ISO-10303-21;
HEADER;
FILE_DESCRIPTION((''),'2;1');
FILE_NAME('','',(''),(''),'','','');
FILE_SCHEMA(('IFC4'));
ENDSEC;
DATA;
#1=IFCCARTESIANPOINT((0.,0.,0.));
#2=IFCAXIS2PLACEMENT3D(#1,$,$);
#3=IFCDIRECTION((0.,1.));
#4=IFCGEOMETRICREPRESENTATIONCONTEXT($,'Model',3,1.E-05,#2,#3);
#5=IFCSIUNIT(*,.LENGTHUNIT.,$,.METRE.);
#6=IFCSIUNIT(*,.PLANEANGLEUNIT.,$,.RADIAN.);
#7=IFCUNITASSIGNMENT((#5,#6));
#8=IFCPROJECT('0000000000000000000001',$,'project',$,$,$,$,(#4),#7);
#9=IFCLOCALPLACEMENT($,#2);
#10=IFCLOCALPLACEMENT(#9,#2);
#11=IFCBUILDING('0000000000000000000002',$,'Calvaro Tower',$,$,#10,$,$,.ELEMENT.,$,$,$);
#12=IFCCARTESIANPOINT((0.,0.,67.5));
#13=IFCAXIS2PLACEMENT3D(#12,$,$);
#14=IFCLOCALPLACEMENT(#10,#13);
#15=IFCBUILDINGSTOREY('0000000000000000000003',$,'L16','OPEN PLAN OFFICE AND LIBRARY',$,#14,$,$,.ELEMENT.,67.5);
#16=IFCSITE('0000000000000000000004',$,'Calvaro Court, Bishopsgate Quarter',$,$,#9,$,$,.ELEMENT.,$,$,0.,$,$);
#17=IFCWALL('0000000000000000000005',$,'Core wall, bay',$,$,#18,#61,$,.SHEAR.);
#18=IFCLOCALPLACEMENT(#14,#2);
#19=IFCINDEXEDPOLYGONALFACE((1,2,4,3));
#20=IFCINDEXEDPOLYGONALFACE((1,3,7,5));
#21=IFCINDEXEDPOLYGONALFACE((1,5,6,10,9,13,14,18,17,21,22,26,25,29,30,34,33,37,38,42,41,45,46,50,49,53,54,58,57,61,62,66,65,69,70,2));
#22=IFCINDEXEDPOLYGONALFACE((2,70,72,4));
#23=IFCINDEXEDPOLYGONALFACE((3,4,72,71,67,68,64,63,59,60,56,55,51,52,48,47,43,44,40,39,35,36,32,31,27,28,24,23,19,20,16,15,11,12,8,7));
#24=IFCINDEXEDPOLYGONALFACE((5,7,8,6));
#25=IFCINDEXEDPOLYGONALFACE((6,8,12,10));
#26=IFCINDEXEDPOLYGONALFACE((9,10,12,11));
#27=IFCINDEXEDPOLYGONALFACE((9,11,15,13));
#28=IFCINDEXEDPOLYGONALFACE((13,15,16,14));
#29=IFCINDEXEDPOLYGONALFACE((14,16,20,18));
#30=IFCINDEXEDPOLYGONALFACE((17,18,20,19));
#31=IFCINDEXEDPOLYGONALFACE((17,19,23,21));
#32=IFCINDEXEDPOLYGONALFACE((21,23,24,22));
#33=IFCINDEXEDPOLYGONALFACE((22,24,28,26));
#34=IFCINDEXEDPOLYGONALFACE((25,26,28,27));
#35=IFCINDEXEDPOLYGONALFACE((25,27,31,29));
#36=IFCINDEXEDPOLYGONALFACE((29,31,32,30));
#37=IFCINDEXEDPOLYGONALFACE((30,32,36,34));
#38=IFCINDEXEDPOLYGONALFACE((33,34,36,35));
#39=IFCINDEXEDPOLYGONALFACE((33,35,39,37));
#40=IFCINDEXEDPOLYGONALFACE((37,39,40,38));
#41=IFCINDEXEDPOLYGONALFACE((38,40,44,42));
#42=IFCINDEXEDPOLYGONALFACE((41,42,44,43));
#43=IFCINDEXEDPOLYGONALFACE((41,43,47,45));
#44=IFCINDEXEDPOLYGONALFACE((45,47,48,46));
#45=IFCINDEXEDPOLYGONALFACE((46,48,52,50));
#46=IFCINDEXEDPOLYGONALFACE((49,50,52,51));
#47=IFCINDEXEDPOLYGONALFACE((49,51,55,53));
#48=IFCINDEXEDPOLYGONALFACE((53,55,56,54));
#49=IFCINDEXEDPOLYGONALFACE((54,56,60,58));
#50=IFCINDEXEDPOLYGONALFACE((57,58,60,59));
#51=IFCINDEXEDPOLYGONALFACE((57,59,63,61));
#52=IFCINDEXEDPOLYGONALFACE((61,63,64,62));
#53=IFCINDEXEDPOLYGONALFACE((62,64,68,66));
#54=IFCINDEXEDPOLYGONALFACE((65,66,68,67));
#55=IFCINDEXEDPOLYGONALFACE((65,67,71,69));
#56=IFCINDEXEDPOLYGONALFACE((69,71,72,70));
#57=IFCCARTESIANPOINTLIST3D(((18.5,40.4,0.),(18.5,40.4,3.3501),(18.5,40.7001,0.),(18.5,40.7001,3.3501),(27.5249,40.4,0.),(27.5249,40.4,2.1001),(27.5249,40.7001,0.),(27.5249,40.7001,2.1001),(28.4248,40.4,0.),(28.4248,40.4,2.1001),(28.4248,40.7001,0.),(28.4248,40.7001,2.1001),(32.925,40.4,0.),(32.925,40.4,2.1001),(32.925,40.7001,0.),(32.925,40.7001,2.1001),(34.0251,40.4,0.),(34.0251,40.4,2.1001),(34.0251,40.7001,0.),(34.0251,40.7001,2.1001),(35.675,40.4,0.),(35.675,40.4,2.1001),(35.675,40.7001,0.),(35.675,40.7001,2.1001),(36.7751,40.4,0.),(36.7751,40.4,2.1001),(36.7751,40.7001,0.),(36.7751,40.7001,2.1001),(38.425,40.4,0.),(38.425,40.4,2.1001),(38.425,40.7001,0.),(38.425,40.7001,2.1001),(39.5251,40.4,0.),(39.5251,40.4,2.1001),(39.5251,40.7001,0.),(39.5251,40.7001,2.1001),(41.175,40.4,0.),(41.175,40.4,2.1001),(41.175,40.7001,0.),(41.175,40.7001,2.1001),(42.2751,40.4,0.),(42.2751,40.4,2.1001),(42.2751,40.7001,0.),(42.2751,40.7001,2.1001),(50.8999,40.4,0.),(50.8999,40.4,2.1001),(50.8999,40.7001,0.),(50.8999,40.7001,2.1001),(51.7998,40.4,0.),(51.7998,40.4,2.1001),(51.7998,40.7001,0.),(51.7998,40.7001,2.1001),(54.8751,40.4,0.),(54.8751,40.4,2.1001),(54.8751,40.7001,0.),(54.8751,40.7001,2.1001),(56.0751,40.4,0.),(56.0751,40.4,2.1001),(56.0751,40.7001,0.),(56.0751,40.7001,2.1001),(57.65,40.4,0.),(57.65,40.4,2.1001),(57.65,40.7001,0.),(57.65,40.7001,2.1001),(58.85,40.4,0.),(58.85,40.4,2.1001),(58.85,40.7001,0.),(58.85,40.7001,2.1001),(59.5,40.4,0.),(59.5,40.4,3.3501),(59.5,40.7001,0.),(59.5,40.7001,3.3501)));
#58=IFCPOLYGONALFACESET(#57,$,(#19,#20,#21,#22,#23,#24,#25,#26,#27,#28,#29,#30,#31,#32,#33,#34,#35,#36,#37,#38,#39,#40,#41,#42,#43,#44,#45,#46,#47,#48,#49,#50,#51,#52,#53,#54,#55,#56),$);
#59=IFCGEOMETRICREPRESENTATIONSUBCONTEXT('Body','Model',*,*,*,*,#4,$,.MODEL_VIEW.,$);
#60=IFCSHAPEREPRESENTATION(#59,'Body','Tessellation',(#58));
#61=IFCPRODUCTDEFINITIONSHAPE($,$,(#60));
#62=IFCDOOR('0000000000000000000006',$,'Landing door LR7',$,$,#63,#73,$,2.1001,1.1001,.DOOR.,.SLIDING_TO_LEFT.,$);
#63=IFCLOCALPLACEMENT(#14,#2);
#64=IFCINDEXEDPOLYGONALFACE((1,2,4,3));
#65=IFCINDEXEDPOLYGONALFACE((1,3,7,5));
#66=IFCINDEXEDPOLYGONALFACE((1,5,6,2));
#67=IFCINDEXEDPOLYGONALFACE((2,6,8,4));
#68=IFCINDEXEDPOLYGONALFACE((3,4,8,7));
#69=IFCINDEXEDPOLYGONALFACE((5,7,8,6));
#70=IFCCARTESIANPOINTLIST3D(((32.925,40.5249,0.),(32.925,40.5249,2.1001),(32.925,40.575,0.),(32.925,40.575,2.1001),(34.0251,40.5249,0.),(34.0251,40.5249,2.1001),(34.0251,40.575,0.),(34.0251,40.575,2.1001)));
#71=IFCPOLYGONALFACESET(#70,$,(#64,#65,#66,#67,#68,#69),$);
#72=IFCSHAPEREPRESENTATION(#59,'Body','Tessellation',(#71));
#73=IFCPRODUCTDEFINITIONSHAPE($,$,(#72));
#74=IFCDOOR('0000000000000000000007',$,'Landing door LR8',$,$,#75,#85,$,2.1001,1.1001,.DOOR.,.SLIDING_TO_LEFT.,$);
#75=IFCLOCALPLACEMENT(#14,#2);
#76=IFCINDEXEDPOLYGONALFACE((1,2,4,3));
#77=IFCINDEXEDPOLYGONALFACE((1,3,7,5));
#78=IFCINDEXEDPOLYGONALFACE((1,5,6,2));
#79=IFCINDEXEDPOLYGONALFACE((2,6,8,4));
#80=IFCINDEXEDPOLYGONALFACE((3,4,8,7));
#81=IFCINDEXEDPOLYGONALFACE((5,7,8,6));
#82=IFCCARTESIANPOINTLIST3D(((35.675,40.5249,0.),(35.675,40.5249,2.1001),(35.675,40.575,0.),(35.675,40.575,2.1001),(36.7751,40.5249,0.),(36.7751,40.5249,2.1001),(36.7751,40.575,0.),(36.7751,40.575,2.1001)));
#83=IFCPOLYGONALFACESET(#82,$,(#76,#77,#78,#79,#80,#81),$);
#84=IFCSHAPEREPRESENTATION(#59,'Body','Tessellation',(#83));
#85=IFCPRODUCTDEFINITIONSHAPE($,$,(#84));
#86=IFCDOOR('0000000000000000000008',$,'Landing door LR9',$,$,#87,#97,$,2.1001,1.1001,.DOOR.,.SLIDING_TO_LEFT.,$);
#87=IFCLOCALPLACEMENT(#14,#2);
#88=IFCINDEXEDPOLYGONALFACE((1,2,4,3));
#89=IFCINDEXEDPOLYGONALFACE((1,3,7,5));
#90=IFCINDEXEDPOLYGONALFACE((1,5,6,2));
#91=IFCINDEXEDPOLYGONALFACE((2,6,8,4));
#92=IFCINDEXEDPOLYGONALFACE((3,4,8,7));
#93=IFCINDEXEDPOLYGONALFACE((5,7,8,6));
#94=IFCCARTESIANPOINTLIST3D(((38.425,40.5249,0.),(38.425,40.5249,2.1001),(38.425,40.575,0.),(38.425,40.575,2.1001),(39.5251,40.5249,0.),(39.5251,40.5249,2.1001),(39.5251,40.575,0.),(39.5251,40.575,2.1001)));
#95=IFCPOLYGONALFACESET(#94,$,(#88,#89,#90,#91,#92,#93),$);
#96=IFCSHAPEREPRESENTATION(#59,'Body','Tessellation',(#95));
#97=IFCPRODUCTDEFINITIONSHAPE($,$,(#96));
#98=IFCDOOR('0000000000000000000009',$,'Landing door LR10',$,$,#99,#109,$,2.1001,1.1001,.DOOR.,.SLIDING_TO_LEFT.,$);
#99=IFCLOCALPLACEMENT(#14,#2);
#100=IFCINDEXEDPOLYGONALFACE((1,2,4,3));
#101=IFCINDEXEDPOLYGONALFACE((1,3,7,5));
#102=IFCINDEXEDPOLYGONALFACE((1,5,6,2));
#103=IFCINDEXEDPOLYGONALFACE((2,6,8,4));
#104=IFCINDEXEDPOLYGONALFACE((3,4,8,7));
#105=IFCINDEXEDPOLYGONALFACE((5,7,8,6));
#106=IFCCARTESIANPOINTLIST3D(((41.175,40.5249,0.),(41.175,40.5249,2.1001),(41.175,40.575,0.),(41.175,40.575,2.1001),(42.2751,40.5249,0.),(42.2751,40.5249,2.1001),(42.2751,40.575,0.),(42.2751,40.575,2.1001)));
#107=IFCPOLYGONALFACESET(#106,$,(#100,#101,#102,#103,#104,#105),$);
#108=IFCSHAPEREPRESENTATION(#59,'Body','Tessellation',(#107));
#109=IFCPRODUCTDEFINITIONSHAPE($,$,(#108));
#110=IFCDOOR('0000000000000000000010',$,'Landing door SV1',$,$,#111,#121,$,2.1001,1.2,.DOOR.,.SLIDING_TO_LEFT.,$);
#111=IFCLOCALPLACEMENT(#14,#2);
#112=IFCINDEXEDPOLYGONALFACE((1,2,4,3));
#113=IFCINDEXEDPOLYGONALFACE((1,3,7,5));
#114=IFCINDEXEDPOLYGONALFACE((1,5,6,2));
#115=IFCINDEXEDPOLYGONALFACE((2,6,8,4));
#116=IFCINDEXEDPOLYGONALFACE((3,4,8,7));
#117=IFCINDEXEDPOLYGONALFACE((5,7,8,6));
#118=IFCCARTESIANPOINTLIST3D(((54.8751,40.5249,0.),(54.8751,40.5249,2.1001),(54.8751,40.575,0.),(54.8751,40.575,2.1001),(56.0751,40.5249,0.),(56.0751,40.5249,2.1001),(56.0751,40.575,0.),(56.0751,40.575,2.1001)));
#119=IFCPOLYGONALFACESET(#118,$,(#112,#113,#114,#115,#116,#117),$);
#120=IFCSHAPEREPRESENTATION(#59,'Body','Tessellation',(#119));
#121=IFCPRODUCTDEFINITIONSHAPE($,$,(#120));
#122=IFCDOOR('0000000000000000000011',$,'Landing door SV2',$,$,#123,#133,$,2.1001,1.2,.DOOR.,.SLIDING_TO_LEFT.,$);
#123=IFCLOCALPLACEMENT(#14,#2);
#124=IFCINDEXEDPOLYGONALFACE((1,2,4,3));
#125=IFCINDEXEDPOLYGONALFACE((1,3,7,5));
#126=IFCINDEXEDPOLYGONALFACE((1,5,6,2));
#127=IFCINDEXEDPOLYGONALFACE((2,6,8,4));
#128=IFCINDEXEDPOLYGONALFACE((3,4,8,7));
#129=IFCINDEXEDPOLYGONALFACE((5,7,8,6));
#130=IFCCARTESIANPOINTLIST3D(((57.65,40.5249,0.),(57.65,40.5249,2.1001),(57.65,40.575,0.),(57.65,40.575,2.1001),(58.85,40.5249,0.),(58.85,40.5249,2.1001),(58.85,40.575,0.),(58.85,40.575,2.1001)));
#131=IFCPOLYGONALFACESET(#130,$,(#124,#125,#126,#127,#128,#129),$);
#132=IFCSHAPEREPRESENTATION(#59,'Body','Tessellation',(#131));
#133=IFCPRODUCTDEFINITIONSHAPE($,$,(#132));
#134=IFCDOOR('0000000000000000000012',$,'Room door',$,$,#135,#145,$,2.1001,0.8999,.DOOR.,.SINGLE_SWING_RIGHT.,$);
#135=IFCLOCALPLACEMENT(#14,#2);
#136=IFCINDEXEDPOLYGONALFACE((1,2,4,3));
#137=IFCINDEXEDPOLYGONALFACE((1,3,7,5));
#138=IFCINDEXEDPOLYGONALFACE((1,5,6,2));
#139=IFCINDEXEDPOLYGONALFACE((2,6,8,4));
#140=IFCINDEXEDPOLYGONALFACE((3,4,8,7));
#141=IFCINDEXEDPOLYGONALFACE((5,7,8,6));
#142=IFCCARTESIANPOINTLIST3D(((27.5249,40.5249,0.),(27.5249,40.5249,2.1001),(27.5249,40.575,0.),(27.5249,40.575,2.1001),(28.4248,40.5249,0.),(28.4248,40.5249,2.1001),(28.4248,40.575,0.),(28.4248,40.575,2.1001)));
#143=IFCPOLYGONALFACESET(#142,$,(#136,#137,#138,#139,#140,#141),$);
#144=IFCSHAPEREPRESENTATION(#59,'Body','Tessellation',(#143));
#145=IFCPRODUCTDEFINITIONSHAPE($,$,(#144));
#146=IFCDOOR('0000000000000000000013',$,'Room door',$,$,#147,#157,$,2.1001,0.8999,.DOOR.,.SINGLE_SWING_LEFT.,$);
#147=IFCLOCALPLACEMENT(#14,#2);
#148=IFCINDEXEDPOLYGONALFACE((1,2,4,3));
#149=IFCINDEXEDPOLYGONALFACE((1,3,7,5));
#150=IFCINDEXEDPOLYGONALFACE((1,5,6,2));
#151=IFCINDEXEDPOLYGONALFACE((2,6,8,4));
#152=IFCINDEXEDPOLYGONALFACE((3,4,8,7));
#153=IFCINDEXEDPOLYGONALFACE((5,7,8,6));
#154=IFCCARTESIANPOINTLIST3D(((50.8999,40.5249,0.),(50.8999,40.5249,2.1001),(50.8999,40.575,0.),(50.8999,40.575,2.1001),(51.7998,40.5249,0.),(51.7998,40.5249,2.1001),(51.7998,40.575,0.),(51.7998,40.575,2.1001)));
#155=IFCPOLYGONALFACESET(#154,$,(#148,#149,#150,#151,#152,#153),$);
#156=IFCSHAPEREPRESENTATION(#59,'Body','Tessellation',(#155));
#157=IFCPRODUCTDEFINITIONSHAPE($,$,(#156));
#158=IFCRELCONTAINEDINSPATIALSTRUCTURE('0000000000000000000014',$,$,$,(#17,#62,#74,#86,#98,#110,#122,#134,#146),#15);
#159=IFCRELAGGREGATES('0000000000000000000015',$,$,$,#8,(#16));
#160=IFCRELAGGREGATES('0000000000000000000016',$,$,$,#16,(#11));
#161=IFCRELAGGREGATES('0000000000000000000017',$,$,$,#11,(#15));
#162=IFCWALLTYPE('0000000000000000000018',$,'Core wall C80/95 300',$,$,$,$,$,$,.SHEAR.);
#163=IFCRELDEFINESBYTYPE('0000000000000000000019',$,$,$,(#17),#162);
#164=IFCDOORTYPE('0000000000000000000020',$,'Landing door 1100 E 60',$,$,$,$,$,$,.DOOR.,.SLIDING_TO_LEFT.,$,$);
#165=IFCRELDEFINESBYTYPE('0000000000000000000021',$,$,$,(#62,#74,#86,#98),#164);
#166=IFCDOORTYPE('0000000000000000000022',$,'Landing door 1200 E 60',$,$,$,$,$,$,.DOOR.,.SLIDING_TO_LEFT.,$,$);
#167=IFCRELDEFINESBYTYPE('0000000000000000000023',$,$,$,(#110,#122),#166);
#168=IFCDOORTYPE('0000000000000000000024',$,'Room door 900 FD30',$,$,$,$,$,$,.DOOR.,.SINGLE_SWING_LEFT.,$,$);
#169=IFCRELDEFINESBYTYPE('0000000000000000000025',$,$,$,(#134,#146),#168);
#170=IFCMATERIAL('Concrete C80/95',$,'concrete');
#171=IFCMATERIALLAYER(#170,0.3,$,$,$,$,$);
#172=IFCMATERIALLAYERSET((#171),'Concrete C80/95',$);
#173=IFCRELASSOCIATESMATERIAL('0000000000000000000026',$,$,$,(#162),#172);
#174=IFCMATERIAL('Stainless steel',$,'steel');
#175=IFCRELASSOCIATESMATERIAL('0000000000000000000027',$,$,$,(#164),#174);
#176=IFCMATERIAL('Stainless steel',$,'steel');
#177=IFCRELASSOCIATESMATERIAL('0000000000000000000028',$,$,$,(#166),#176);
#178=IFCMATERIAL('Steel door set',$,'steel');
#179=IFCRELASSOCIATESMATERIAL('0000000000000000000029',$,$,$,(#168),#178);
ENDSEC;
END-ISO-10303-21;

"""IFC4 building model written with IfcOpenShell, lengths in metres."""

from ifc_helpers import new_model, si_unit, direction, frame, frame_2d, origin, place, context, subcontext, project, spatial, rectangle, extrude, material, layer, layer_set, type_object, element, fill, save


model = new_model("IFC4")

# Units and contexts
model_context = context("Model", 3, precision=1e-05, world=origin(), true_north=direction((0.0, 1.0)))
body_context = subcontext(model_context, "Body", "Model", "MODEL_VIEW")
ifc_project = project(units=[si_unit("LENGTHUNIT", "METRE"), si_unit("PLANEANGLEUNIT", "RADIAN")], contexts=[model_context])

# Site, building, storey
site_placement = place(None, origin())
site = spatial("IfcSite", under=ifc_project, at=site_placement, Name="Calvaro Court, Bishopsgate Quarter", CompositionType="ELEMENT", RefElevation=0.0)
building_placement = place(site_placement, origin())
building = spatial("IfcBuilding", under=site, at=building_placement, Name="Calvaro Tower", CompositionType="ELEMENT")
storey_placement = place(building_placement, frame((0.0, 0.0, 67.5)))
storey = spatial("IfcBuildingStorey", under=building, at=storey_placement, Name="L16", Description="OPEN PLAN OFFICE AND LIBRARY", CompositionType="ELEMENT", Elevation=67.5)

# Shared definitions
ifc_material_1 = material(Name="Concrete C80/95", Category="concrete")
ifc_layer_1 = layer(ifc_material_1, 0.3)
ifc_layer_set_1 = layer_set([ifc_layer_1], Name="Concrete C80/95")
wall_type_1 = type_object("IfcWallType", Name="Core wall C80/95 300", PredefinedType="SHEAR", material=ifc_layer_set_1)
ifc_material_2 = material(Name="Stainless steel", Category="steel")
door_type_1 = type_object("IfcDoorType", Name="Landing door 1100 E 60", OperationType="SLIDING_TO_LEFT", PredefinedType="DOOR", material=ifc_material_2)

# Wall, openings, doors
wall_1_placement = place(storey_placement, frame((18.5, 40.55, 0.0), z_axis=(0.0, 0.0, 1.0), x_axis=(1.0, 0.0, 0.0)))
wall_1 = element("IfcWall", 1, at=wall_1_placement, inside=storey, type_object=wall_type_1, Name="Core wall, bay", PredefinedType="SHEAR", context=body_context, shape_type="SweptSolid", body=[
    extrude(rectangle(XDim=41.0, YDim=0.3, at=frame_2d((20.5, 0.0))), origin(), (0.0, 0.0, 1.0), 3.3501),
])
opening_1_placement = place(wall_1_placement, frame((9.0249, 0.0, 0.0)))
opening_1 = element("IfcOpeningElement", 2, at=opening_1_placement, cuts=wall_1, PredefinedType="OPENING", context=body_context, shape_type="SweptSolid", body=[
    extrude(rectangle(XDim=0.8999, YDim=2.1001, at=frame_2d((0.45, 1.05))), frame((0.0, 0.1599, 0.0), z_axis=(0.0, -1.0, 0.0), x_axis=(1.0, 0.0, 0.0)), (0.0, 0.0, 1.0), 0.3201),
])
opening_2_placement = place(wall_1_placement, frame((32.3999, 0.0, 0.0)))
opening_2 = element("IfcOpeningElement", 3, at=opening_2_placement, cuts=wall_1, PredefinedType="OPENING", context=body_context, shape_type="SweptSolid", body=[
    extrude(rectangle(XDim=0.8999, YDim=2.1001, at=frame_2d((0.45, 1.05))), frame((0.0, 0.1599, 0.0), z_axis=(0.0, -1.0, 0.0), x_axis=(1.0, 0.0, 0.0)), (0.0, 0.0, 1.0), 0.3201),
])
opening_3_placement = place(wall_1_placement, frame((14.425, 0.0, 0.0)))
opening_3 = element("IfcOpeningElement", 4, at=opening_3_placement, cuts=wall_1, PredefinedType="OPENING", context=body_context, shape_type="SweptSolid", body=[
    extrude(rectangle(XDim=1.1001, YDim=2.1001, at=frame_2d((0.55, 1.05))), frame((0.0, 0.1599, 0.0), z_axis=(0.0, -1.0, 0.0), x_axis=(1.0, 0.0, 0.0)), (0.0, 0.0, 1.0), 0.3201),
])
opening_4_placement = place(wall_1_placement, frame((17.175, 0.0, 0.0)))
opening_4 = element("IfcOpeningElement", 5, at=opening_4_placement, cuts=wall_1, PredefinedType="OPENING", context=body_context, shape_type="SweptSolid", body=[
    extrude(rectangle(XDim=1.1001, YDim=2.1001, at=frame_2d((0.55, 1.05))), frame((0.0, 0.1599, 0.0), z_axis=(0.0, -1.0, 0.0), x_axis=(1.0, 0.0, 0.0)), (0.0, 0.0, 1.0), 0.3201),
])
opening_5_placement = place(wall_1_placement, frame((19.925, 0.0, 0.0)))
opening_5 = element("IfcOpeningElement", 6, at=opening_5_placement, cuts=wall_1, PredefinedType="OPENING", context=body_context, shape_type="SweptSolid", body=[
    extrude(rectangle(XDim=1.1001, YDim=2.1001, at=frame_2d((0.55, 1.05))), frame((0.0, 0.1599, 0.0), z_axis=(0.0, -1.0, 0.0), x_axis=(1.0, 0.0, 0.0)), (0.0, 0.0, 1.0), 0.3201),
])
opening_6_placement = place(wall_1_placement, frame((22.675, 0.0, 0.0)))
opening_6 = element("IfcOpeningElement", 7, at=opening_6_placement, cuts=wall_1, PredefinedType="OPENING", context=body_context, shape_type="SweptSolid", body=[
    extrude(rectangle(XDim=1.1001, YDim=2.1001, at=frame_2d((0.55, 1.05))), frame((0.0, 0.1599, 0.0), z_axis=(0.0, -1.0, 0.0), x_axis=(1.0, 0.0, 0.0)), (0.0, 0.0, 1.0), 0.3201),
])
opening_7_placement = place(wall_1_placement, frame((36.375, 0.0, 0.0)))
opening_7 = element("IfcOpeningElement", 8, at=opening_7_placement, cuts=wall_1, PredefinedType="OPENING", context=body_context, shape_type="SweptSolid", body=[
    extrude(rectangle(XDim=1.2, YDim=2.1001, at=frame_2d((0.6001, 1.05))), frame((0.0, 0.1599, 0.0), z_axis=(0.0, -1.0, 0.0), x_axis=(1.0, 0.0, 0.0)), (0.0, 0.0, 1.0), 0.3201),
])
opening_8_placement = place(wall_1_placement, frame((39.1499, 0.0, 0.0)))
opening_8 = element("IfcOpeningElement", 9, at=opening_8_placement, cuts=wall_1, PredefinedType="OPENING", context=body_context, shape_type="SweptSolid", body=[
    extrude(rectangle(XDim=1.2, YDim=2.1001, at=frame_2d((0.6001, 1.05))), frame((0.0, 0.1599, 0.0), z_axis=(0.0, -1.0, 0.0), x_axis=(1.0, 0.0, 0.0)), (0.0, 0.0, 1.0), 0.3201),
])
door_1_placement = place(opening_3_placement, origin())
door_1 = element("IfcDoor", 10, at=door_1_placement, inside=storey, type_object=door_type_1, Name="Landing door LR7", OperationType="SLIDING_TO_LEFT", OverallHeight=2.1001, OverallWidth=1.1001, PredefinedType="DOOR", context=body_context, shape_type="SweptSolid", body=[
    extrude(rectangle(XDim=1.1001, YDim=2.1001, at=frame_2d((0.55, 1.05))), frame((0.0, 0.0249, 0.0), z_axis=(0.0, -1.0, 0.0), x_axis=(1.0, 0.0, 0.0)), (0.0, 0.0, 1.0), 0.05),
])
fill(opening_3, door_1)
door_2_placement = place(opening_4_placement, origin())
door_2 = element("IfcDoor", 11, at=door_2_placement, inside=storey, type_object=door_type_1, Name="Landing door LR8", OperationType="SLIDING_TO_LEFT", OverallHeight=2.1001, OverallWidth=1.1001, PredefinedType="DOOR", context=body_context, shape_type="SweptSolid", body=[
    extrude(rectangle(XDim=1.1001, YDim=2.1001, at=frame_2d((0.55, 1.05))), frame((0.0, 0.0249, 0.0), z_axis=(0.0, -1.0, 0.0), x_axis=(1.0, 0.0, 0.0)), (0.0, 0.0, 1.0), 0.05),
])
fill(opening_4, door_2)
door_3_placement = place(opening_5_placement, origin())
door_3 = element("IfcDoor", 12, at=door_3_placement, inside=storey, type_object=door_type_1, Name="Landing door LR9", OperationType="SLIDING_TO_LEFT", OverallHeight=2.1001, OverallWidth=1.1001, PredefinedType="DOOR", context=body_context, shape_type="SweptSolid", body=[
    extrude(rectangle(XDim=1.1001, YDim=2.1001, at=frame_2d((0.55, 1.05))), frame((0.0, 0.0249, 0.0), z_axis=(0.0, -1.0, 0.0), x_axis=(1.0, 0.0, 0.0)), (0.0, 0.0, 1.0), 0.05),
])
fill(opening_5, door_3)
door_4_placement = place(opening_6_placement, origin())
door_4 = element("IfcDoor", 13, at=door_4_placement, inside=storey, type_object=door_type_1, Name="Landing door LR10", OperationType="SLIDING_TO_LEFT", OverallHeight=2.1001, OverallWidth=1.1001, PredefinedType="DOOR", context=body_context, shape_type="SweptSolid", body=[
    extrude(rectangle(XDim=1.1001, YDim=2.1001, at=frame_2d((0.55, 1.05))), frame((0.0, 0.0249, 0.0), z_axis=(0.0, -1.0, 0.0), x_axis=(1.0, 0.0, 0.0)), (0.0, 0.0, 1.0), 0.05),
])
fill(opening_6, door_4)
ifc_material_3 = material(Name="Stainless steel", Category="steel")
door_type_2 = type_object("IfcDoorType", Name="Landing door 1200 E 60", OperationType="SLIDING_TO_LEFT", PredefinedType="DOOR", material=ifc_material_3)
door_5_placement = place(opening_7_placement, origin())
door_5 = element("IfcDoor", 14, at=door_5_placement, inside=storey, type_object=door_type_2, Name="Landing door SV1", OperationType="SLIDING_TO_LEFT", OverallHeight=2.1001, OverallWidth=1.2, PredefinedType="DOOR", context=body_context, shape_type="SweptSolid", body=[
    extrude(rectangle(XDim=1.2, YDim=2.1001, at=frame_2d((0.6001, 1.05))), frame((0.0, 0.0249, 0.0), z_axis=(0.0, -1.0, 0.0), x_axis=(1.0, 0.0, 0.0)), (0.0, 0.0, 1.0), 0.05),
])
fill(opening_7, door_5)
door_6_placement = place(opening_8_placement, origin())
door_6 = element("IfcDoor", 15, at=door_6_placement, inside=storey, type_object=door_type_2, Name="Landing door SV2", OperationType="SLIDING_TO_LEFT", OverallHeight=2.1001, OverallWidth=1.2, PredefinedType="DOOR", context=body_context, shape_type="SweptSolid", body=[
    extrude(rectangle(XDim=1.2, YDim=2.1001, at=frame_2d((0.6001, 1.05))), frame((0.0, 0.0249, 0.0), z_axis=(0.0, -1.0, 0.0), x_axis=(1.0, 0.0, 0.0)), (0.0, 0.0, 1.0), 0.05),
])
fill(opening_8, door_6)
ifc_material_4 = material(Name="Steel door set", Category="steel")
door_type_3 = type_object("IfcDoorType", Name="Room door 900 FD30", OperationType="SINGLE_SWING_LEFT", PredefinedType="DOOR", material=ifc_material_4)
door_7_placement = place(opening_1_placement, origin())
door_7 = element("IfcDoor", 16, at=door_7_placement, inside=storey, type_object=door_type_3, Name="Room door", OperationType="SINGLE_SWING_RIGHT", OverallHeight=2.1001, OverallWidth=0.8999, PredefinedType="DOOR", context=body_context, shape_type="SweptSolid", body=[
    extrude(rectangle(XDim=0.8999, YDim=2.1001, at=frame_2d((0.45, 1.05))), frame((0.0, 0.0249, 0.0), z_axis=(0.0, -1.0, 0.0), x_axis=(1.0, 0.0, 0.0)), (0.0, 0.0, 1.0), 0.05),
])
fill(opening_1, door_7)
door_8_placement = place(opening_2_placement, origin())
door_8 = element("IfcDoor", 17, at=door_8_placement, inside=storey, type_object=door_type_3, Name="Room door", OperationType="SINGLE_SWING_LEFT", OverallHeight=2.1001, OverallWidth=0.8999, PredefinedType="DOOR", context=body_context, shape_type="SweptSolid", body=[
    extrude(rectangle(XDim=0.8999, YDim=2.1001, at=frame_2d((0.45, 1.05))), frame((0.0, 0.0249, 0.0), z_axis=(0.0, -1.0, 0.0), x_axis=(1.0, 0.0, 0.0)), (0.0, 0.0, 1.0), 0.05),
])
fill(opening_2, door_8)

save(model, "model.ifc")
